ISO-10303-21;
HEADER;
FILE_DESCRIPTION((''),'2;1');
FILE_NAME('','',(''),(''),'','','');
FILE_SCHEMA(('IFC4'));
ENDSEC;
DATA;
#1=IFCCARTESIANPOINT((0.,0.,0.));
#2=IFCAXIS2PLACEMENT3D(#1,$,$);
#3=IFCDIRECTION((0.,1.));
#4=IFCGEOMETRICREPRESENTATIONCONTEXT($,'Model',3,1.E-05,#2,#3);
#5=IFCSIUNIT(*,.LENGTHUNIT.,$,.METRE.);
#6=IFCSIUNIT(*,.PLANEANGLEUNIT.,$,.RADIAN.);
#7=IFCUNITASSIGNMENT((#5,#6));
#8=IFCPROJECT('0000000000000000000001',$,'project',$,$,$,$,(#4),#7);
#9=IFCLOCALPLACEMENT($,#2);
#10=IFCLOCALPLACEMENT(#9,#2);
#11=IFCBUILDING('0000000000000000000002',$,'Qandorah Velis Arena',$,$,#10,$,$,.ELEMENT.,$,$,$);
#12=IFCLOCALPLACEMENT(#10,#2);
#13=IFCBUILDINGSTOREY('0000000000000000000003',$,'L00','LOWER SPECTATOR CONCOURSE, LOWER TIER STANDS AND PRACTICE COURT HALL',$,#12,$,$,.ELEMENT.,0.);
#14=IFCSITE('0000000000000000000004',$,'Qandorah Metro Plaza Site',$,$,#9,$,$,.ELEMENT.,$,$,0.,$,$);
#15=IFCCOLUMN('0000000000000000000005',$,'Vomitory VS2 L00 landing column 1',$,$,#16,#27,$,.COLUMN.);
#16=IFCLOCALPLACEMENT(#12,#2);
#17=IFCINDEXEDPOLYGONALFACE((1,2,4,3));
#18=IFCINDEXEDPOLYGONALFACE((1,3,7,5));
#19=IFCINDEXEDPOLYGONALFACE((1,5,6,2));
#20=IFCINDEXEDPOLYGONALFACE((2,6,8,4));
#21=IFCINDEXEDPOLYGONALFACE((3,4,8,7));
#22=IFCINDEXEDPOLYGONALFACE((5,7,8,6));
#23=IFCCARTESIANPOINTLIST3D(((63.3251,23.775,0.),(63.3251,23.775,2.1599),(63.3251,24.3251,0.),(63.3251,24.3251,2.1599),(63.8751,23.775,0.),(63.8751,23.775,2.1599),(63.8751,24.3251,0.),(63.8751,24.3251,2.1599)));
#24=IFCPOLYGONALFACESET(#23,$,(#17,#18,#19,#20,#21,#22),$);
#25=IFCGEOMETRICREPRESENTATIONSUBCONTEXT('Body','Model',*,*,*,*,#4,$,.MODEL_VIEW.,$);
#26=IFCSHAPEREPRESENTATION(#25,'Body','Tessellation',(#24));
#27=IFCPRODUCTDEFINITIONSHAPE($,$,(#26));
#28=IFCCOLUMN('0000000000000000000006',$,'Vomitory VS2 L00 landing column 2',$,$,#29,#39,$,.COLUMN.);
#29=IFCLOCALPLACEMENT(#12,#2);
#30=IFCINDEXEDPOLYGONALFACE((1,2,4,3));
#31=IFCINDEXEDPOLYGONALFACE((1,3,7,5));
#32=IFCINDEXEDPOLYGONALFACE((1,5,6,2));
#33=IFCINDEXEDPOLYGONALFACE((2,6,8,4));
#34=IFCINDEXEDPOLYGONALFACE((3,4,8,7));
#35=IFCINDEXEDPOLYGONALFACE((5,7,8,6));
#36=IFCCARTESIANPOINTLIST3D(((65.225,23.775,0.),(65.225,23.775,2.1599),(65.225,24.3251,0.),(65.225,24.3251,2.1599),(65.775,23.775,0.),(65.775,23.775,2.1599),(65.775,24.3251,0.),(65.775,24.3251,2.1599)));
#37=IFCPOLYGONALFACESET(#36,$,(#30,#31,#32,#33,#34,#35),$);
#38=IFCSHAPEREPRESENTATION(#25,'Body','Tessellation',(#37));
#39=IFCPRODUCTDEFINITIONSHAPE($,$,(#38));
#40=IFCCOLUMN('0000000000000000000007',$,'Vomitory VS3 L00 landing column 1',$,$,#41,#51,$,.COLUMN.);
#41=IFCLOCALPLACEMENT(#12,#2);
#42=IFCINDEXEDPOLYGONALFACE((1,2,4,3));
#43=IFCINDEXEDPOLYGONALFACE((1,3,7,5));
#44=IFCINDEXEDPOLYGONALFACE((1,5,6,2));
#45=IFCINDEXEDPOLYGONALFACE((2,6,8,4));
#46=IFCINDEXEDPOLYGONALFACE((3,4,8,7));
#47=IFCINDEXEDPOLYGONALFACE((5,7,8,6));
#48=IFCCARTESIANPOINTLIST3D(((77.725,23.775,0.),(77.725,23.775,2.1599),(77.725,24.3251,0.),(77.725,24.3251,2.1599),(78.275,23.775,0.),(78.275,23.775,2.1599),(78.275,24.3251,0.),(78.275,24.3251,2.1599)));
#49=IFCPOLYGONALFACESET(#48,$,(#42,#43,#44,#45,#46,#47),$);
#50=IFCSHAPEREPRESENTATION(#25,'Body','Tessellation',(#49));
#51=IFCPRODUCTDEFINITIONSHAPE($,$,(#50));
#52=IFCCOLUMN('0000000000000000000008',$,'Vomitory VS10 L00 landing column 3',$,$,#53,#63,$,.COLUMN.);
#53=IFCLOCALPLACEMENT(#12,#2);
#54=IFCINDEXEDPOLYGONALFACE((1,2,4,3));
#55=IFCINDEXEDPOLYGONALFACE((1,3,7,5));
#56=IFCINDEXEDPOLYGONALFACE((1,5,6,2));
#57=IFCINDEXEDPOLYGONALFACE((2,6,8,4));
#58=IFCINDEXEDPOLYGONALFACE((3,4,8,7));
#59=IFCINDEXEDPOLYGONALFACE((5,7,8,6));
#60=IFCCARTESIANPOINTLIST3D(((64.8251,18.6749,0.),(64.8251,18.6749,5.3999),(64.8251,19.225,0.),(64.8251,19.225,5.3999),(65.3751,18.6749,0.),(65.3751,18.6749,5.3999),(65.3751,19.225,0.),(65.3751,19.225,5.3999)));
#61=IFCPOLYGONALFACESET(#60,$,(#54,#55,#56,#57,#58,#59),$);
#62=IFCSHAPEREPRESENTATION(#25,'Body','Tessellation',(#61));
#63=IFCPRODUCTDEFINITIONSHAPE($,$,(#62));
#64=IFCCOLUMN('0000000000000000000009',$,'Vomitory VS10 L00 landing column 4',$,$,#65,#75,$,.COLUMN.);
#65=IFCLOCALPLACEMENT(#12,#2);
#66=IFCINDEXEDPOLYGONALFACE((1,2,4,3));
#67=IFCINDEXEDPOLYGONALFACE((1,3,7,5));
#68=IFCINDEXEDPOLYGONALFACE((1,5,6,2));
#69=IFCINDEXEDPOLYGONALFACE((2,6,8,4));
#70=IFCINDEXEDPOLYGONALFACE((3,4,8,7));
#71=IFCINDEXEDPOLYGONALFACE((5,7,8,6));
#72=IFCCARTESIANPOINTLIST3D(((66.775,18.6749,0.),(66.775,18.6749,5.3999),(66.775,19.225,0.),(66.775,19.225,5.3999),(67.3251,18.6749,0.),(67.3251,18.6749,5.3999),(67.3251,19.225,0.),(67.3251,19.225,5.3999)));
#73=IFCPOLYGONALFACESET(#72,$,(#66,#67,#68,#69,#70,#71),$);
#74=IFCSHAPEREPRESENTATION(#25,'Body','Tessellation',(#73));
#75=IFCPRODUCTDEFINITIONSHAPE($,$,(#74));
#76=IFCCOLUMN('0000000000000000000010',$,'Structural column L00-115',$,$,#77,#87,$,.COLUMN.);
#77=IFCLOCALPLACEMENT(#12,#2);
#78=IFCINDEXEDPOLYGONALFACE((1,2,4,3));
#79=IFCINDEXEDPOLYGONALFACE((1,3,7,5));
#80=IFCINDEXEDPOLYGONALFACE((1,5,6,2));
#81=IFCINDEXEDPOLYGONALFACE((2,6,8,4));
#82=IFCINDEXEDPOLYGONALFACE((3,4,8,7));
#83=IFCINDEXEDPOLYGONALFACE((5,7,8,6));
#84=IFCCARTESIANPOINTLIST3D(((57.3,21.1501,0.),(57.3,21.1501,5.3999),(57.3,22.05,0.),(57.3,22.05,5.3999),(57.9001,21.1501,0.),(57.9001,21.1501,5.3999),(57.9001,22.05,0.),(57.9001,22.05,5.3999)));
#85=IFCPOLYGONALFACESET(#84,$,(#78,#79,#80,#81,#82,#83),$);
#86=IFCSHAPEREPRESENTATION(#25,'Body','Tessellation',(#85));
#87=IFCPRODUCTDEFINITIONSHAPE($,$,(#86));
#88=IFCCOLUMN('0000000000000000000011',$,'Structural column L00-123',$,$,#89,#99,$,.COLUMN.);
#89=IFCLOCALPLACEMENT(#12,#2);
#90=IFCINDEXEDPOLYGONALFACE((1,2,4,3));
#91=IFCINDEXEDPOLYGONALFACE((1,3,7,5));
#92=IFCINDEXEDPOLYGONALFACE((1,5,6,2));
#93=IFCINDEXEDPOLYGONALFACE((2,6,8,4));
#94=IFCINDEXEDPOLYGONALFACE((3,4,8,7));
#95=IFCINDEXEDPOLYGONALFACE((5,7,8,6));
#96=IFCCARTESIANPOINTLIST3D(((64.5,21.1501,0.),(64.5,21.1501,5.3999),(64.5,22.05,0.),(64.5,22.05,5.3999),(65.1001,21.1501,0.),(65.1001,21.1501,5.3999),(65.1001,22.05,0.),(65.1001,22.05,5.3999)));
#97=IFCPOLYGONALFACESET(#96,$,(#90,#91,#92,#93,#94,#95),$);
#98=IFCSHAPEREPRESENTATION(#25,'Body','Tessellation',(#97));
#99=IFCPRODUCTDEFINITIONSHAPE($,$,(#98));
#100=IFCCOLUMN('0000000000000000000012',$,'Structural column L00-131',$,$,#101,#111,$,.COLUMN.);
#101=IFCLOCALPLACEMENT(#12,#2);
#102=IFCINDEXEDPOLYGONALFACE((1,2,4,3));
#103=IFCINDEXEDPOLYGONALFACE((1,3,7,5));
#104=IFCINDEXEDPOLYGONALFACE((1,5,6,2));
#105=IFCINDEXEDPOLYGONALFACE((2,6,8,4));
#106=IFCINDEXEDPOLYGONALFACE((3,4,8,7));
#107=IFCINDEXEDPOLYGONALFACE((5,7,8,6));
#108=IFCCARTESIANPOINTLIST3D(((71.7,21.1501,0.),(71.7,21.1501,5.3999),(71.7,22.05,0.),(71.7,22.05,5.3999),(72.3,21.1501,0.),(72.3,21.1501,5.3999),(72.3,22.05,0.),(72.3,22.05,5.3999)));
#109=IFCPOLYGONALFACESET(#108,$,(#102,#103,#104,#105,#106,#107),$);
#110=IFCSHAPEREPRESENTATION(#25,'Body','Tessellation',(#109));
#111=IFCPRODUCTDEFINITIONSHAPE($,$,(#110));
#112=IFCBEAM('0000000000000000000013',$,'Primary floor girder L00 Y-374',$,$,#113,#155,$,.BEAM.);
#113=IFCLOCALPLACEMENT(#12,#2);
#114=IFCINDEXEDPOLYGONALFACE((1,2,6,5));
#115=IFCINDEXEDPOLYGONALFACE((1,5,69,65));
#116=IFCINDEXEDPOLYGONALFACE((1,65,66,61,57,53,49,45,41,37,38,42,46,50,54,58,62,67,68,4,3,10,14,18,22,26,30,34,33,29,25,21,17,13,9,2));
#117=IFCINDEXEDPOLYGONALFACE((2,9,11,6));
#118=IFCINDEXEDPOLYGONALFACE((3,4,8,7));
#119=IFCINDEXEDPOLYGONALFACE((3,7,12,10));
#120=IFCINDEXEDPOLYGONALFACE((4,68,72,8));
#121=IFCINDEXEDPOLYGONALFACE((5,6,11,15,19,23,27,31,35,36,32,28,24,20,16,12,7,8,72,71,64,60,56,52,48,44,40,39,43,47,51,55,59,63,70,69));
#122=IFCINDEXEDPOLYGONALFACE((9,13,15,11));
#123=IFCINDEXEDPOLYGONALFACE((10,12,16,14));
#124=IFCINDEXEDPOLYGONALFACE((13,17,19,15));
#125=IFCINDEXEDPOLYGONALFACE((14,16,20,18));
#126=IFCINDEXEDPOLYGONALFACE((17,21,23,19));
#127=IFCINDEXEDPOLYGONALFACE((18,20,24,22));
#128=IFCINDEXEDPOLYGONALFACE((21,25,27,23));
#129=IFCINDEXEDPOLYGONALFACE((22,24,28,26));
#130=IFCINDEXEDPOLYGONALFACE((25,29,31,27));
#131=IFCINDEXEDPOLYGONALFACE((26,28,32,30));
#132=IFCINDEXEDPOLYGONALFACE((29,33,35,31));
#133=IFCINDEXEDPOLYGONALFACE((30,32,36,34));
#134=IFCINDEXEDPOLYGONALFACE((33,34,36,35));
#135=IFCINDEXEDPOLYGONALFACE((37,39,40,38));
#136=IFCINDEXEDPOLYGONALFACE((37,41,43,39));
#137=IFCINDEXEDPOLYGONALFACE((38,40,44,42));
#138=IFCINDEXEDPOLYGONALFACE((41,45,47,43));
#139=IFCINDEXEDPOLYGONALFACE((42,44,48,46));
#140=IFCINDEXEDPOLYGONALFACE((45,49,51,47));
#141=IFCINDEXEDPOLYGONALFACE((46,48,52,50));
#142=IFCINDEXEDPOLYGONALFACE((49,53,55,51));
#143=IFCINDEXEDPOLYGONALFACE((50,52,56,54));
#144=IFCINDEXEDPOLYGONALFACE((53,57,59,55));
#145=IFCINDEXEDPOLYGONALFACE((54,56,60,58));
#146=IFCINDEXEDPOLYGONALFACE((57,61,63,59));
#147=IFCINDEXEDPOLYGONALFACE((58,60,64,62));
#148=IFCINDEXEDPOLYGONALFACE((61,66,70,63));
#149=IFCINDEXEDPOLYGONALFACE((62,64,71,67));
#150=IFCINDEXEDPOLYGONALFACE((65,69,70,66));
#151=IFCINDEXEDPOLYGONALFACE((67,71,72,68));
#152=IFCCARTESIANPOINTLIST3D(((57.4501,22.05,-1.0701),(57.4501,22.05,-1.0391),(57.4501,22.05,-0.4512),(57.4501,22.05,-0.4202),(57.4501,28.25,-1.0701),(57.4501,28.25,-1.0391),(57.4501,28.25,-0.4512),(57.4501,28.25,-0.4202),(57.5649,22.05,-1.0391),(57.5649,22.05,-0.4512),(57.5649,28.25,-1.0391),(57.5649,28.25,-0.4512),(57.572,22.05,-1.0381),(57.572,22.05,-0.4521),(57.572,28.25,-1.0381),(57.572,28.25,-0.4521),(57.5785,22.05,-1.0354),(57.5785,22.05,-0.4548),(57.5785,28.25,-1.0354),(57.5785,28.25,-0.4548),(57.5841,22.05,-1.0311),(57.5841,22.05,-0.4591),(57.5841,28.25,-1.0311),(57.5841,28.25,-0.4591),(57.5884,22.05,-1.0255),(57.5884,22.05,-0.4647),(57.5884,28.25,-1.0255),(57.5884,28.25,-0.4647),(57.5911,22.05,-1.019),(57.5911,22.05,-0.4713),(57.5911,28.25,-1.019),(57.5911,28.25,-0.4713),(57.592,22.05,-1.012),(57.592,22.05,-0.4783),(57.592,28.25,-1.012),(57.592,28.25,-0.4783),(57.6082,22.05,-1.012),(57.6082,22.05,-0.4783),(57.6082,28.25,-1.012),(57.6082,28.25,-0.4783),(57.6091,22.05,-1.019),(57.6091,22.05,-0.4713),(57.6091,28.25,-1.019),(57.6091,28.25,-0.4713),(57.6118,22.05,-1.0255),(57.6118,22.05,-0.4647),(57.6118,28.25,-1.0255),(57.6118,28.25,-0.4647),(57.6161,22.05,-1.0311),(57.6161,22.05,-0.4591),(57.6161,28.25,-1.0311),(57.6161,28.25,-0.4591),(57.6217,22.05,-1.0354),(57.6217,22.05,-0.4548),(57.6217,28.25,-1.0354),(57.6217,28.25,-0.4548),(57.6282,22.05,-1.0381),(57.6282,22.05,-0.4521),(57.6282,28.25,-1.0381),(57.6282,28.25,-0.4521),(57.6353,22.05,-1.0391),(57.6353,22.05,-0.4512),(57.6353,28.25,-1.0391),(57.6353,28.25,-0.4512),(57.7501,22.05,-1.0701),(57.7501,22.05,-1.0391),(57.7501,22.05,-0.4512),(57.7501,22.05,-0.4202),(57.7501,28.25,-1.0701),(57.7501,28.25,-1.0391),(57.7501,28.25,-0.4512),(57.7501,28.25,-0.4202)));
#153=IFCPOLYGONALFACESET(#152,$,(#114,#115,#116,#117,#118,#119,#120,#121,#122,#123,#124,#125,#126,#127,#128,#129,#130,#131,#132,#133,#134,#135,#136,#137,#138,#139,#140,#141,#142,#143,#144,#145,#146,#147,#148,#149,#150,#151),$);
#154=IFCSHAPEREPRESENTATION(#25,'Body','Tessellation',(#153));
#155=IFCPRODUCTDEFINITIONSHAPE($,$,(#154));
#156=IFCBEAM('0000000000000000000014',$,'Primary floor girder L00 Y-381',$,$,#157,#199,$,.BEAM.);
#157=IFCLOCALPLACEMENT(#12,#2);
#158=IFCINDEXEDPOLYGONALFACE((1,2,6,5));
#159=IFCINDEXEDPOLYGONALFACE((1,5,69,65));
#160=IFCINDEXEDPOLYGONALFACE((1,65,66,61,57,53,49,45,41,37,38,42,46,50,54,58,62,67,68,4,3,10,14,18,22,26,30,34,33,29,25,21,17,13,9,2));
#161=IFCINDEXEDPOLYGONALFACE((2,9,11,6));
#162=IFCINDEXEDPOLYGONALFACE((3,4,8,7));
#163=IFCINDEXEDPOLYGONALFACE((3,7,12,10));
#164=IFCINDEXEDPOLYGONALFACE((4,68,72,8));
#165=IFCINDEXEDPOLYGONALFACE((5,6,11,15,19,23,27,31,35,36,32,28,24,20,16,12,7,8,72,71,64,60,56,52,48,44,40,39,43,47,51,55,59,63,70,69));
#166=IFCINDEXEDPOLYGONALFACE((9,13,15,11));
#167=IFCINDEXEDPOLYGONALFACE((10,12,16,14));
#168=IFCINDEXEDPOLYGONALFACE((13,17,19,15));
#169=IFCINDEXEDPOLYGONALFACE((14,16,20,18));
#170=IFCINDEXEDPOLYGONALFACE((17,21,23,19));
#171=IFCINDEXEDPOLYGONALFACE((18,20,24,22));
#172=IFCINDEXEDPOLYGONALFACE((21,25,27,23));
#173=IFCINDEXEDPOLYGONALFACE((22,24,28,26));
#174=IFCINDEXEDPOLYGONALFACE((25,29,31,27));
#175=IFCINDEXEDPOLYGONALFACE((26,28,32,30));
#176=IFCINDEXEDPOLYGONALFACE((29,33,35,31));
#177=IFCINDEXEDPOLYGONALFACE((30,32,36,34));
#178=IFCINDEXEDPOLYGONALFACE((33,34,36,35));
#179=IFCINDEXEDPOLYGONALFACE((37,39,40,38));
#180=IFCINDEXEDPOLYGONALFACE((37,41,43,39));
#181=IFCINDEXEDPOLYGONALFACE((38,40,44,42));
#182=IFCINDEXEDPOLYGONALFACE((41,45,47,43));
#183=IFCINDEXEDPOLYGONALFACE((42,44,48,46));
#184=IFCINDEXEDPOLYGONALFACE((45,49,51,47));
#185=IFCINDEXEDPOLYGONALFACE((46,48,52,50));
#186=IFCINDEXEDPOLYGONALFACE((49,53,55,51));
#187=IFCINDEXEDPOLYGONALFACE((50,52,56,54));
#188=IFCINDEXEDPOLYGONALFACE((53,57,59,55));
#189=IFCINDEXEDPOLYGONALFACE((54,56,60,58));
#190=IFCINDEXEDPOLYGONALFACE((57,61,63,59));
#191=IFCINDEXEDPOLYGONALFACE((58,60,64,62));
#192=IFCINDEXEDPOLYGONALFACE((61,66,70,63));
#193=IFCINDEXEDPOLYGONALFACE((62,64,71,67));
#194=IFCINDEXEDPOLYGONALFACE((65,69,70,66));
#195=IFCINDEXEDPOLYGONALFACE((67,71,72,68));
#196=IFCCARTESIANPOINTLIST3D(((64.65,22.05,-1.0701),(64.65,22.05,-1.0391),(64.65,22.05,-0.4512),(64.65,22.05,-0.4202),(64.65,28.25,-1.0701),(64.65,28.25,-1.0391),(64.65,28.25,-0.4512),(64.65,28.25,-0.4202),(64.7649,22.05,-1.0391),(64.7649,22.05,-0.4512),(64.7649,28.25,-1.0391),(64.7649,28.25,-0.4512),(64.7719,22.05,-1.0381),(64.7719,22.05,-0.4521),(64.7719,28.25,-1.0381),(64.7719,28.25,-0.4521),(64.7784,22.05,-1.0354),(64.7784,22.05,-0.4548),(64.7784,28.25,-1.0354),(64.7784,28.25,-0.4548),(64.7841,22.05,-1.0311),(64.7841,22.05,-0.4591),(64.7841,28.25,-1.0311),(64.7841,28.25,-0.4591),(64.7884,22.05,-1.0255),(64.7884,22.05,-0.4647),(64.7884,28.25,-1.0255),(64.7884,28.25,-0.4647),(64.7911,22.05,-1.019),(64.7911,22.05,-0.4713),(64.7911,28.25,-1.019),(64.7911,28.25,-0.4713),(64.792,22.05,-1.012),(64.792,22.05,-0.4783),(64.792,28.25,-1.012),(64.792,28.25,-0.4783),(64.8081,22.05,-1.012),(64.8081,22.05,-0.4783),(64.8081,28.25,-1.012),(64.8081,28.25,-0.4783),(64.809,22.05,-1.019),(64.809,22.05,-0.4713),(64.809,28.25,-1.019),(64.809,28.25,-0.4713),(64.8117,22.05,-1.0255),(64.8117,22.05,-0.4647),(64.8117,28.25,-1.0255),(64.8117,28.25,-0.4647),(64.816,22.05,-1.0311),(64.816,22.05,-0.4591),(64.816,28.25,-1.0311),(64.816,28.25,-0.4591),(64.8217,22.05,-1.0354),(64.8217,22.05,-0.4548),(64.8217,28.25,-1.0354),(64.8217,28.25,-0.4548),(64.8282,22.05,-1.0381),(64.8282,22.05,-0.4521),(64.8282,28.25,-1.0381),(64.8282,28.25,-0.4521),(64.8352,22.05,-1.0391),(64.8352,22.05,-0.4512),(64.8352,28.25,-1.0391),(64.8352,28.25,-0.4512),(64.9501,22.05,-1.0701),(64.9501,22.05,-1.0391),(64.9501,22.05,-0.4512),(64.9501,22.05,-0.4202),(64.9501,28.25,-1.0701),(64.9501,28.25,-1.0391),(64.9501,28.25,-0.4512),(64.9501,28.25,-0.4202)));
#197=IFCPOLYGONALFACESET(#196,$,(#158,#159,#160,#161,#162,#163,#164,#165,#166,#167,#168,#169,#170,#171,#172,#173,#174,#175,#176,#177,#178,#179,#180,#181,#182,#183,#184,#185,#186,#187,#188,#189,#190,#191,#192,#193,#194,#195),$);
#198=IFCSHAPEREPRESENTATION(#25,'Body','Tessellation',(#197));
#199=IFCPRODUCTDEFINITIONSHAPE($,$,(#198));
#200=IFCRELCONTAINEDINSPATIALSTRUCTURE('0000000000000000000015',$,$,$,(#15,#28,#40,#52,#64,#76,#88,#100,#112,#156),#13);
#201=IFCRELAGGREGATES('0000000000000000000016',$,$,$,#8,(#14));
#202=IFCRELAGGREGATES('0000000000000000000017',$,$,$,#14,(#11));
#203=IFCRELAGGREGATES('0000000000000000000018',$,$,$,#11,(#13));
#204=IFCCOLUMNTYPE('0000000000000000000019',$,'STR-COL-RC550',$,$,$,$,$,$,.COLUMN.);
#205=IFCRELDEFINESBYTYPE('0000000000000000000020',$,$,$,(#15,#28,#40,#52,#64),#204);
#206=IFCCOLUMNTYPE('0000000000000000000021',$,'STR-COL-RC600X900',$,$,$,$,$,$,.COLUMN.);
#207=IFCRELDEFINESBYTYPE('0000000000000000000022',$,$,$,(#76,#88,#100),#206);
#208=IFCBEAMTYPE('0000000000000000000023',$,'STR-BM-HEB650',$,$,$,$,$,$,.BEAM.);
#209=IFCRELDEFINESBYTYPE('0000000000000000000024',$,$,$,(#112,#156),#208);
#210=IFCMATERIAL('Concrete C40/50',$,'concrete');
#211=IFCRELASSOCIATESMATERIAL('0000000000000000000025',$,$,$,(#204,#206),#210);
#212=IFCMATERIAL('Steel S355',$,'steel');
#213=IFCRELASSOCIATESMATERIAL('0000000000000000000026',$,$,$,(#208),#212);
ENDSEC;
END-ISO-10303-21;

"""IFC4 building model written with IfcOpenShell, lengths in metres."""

from ifc_helpers import new_model, si_unit, direction, frame, origin, origin_2d, place, context, subcontext, project, spatial, rectangle, i_section, extrude, material, material_profile, profile_set, type_object, element, save


model = new_model("IFC4")

# Units and contexts
model_context = context("Model", 3, precision=1e-05, world=origin(), true_north=direction((0.0, 1.0)))
body_context = subcontext(model_context, "Body", "Model", "MODEL_VIEW")
ifc_project = project(units=[si_unit("LENGTHUNIT", "METRE"), si_unit("PLANEANGLEUNIT", "RADIAN")], contexts=[model_context])

# Site, building, storey
site_placement = place(None, origin())
site = spatial("IfcSite", under=ifc_project, at=site_placement, Name="Qandorah Metro Plaza Site", CompositionType="ELEMENT", RefElevation=0.0)
building_placement = place(site_placement, origin())
building = spatial("IfcBuilding", under=site, at=building_placement, Name="Qandorah Velis Arena", CompositionType="ELEMENT")
storey_placement = place(building_placement, origin())
storey = spatial("IfcBuildingStorey", under=building, at=storey_placement, Name="L00", Description="LOWER SPECTATOR CONCOURSE, LOWER TIER STANDS AND PRACTICE COURT HALL", CompositionType="ELEMENT", Elevation=0.0)

# Columns
ifc_material_1 = material(Name="Concrete C40/50", Category="concrete")
ifc_material_profile_1 = material_profile(ifc_material_1, rectangle(XDim=0.55, YDim=0.55, at=origin_2d()), Name="RC COL 550x550")
ifc_profile_set_1 = profile_set([ifc_material_profile_1], Name="Concrete C40/50")
column_type_1 = type_object("IfcColumnType", Name="STR-COL-RC550", PredefinedType="COLUMN", material=ifc_profile_set_1)
for number, where, z_axis, x_axis, name in (
    (1, (63.6001, 24.05, 0.0), (0.0, 0.0, 1.0), (1.0, 0.0, 0.0), "Vomitory VS2 L00 landing column 1"),
    (2, (65.5, 24.05, 0.0), (0.0, 0.0, 1.0), (1.0, 0.0, 0.0), "Vomitory VS2 L00 landing column 2"),
    (3, (78.0, 24.05, 0.0), (0.0, 0.0, 1.0), (1.0, 0.0, 0.0), "Vomitory VS3 L00 landing column 1"),
):
    element("IfcColumn", number, at=place(storey_placement, frame(where, z_axis=z_axis, x_axis=x_axis)), inside=storey, type_object=column_type_1, Name=name, PredefinedType="COLUMN", context=body_context, shape_type="SweptSolid", body=[
        extrude(rectangle(XDim=0.55, YDim=0.55, at=origin_2d()), origin(), (0.0, 0.0, 1.0), 2.1599),
    ])
for number, where, z_axis, x_axis, name in (
    (4, (65.1001, 18.95, 0.0), (0.0, 0.0, 1.0), (1.0, 0.0, 0.0), "Vomitory VS10 L00 landing column 3"),
    (5, (67.05, 18.95, 0.0), (0.0, 0.0, 1.0), (1.0, 0.0, 0.0), "Vomitory VS10 L00 landing column 4"),
):
    element("IfcColumn", number, at=place(storey_placement, frame(where, z_axis=z_axis, x_axis=x_axis)), inside=storey, type_object=column_type_1, Name=name, PredefinedType="COLUMN", context=body_context, shape_type="SweptSolid", body=[
        extrude(rectangle(XDim=0.55, YDim=0.55, at=origin_2d()), origin(), (0.0, 0.0, 1.0), 5.3999),
    ])
ifc_material_profile_2 = material_profile(ifc_material_1, rectangle(XDim=0.6001, YDim=0.8999, at=origin_2d()), Name="RC COL 600x900")
ifc_profile_set_2 = profile_set([ifc_material_profile_2], Name="Concrete C40/50")
column_type_2 = type_object("IfcColumnType", Name="STR-COL-RC600X900", PredefinedType="COLUMN", material=ifc_profile_set_2)
for number, where, z_axis, x_axis, name in (
    (6, (57.6001, 21.6001, 0.0), (0.0, 0.0, 1.0), (1.0, 0.0, 0.0), "Structural column L00-115"),
    (7, (64.8, 21.6001, 0.0), (0.0, 0.0, 1.0), (1.0, 0.0, 0.0), "Structural column L00-123"),
    (8, (72.0, 21.6001, 0.0), (0.0, 0.0, 1.0), (1.0, 0.0, 0.0), "Structural column L00-131"),
):
    element("IfcColumn", number, at=place(storey_placement, frame(where, z_axis=z_axis, x_axis=x_axis)), inside=storey, type_object=column_type_2, Name=name, PredefinedType="COLUMN", context=body_context, shape_type="SweptSolid", body=[
        extrude(rectangle(XDim=0.6001, YDim=0.8999, at=origin_2d()), origin(), (0.0, 0.0, 1.0), 5.3999),
    ])

# Beams
ifc_material_2 = material(Name="Steel S355", Category="steel")
ifc_material_profile_3 = material_profile(ifc_material_2, i_section(OverallWidth=0.3, OverallDepth=0.6499, WebThickness=0.0161, FlangeThickness=0.031, FilletRadius=0.0271, at=origin_2d()), Name="HEB 650")
ifc_profile_set_3 = profile_set([ifc_material_profile_3], Name="Steel S355")
beam_type_1 = type_object("IfcBeamType", Name="STR-BM-HEB650", PredefinedType="BEAM", material=ifc_profile_set_3)
for number, where, z_axis, x_axis, name in (
    (9, (57.6001, 22.05, -0.7451), (0.0, 1.0, 0.0), (-1.0, 0.0, 0.0), "Primary floor girder L00 Y-374"),
    (10, (64.8, 22.05, -0.7451), (0.0, 1.0, 0.0), (-1.0, 0.0, 0.0), "Primary floor girder L00 Y-381"),
):
    element("IfcBeam", number, at=place(storey_placement, frame(where, z_axis=z_axis, x_axis=x_axis)), inside=storey, type_object=beam_type_1, Name=name, PredefinedType="BEAM", context=body_context, shape_type="SweptSolid", body=[
        extrude(i_section(OverallWidth=0.3, OverallDepth=0.6499, WebThickness=0.0161, FlangeThickness=0.031, FilletRadius=0.0271, at=origin_2d()), origin(), (0.0, 0.0, 1.0), 6.2),
    ])

save(model, "model.ifc")
